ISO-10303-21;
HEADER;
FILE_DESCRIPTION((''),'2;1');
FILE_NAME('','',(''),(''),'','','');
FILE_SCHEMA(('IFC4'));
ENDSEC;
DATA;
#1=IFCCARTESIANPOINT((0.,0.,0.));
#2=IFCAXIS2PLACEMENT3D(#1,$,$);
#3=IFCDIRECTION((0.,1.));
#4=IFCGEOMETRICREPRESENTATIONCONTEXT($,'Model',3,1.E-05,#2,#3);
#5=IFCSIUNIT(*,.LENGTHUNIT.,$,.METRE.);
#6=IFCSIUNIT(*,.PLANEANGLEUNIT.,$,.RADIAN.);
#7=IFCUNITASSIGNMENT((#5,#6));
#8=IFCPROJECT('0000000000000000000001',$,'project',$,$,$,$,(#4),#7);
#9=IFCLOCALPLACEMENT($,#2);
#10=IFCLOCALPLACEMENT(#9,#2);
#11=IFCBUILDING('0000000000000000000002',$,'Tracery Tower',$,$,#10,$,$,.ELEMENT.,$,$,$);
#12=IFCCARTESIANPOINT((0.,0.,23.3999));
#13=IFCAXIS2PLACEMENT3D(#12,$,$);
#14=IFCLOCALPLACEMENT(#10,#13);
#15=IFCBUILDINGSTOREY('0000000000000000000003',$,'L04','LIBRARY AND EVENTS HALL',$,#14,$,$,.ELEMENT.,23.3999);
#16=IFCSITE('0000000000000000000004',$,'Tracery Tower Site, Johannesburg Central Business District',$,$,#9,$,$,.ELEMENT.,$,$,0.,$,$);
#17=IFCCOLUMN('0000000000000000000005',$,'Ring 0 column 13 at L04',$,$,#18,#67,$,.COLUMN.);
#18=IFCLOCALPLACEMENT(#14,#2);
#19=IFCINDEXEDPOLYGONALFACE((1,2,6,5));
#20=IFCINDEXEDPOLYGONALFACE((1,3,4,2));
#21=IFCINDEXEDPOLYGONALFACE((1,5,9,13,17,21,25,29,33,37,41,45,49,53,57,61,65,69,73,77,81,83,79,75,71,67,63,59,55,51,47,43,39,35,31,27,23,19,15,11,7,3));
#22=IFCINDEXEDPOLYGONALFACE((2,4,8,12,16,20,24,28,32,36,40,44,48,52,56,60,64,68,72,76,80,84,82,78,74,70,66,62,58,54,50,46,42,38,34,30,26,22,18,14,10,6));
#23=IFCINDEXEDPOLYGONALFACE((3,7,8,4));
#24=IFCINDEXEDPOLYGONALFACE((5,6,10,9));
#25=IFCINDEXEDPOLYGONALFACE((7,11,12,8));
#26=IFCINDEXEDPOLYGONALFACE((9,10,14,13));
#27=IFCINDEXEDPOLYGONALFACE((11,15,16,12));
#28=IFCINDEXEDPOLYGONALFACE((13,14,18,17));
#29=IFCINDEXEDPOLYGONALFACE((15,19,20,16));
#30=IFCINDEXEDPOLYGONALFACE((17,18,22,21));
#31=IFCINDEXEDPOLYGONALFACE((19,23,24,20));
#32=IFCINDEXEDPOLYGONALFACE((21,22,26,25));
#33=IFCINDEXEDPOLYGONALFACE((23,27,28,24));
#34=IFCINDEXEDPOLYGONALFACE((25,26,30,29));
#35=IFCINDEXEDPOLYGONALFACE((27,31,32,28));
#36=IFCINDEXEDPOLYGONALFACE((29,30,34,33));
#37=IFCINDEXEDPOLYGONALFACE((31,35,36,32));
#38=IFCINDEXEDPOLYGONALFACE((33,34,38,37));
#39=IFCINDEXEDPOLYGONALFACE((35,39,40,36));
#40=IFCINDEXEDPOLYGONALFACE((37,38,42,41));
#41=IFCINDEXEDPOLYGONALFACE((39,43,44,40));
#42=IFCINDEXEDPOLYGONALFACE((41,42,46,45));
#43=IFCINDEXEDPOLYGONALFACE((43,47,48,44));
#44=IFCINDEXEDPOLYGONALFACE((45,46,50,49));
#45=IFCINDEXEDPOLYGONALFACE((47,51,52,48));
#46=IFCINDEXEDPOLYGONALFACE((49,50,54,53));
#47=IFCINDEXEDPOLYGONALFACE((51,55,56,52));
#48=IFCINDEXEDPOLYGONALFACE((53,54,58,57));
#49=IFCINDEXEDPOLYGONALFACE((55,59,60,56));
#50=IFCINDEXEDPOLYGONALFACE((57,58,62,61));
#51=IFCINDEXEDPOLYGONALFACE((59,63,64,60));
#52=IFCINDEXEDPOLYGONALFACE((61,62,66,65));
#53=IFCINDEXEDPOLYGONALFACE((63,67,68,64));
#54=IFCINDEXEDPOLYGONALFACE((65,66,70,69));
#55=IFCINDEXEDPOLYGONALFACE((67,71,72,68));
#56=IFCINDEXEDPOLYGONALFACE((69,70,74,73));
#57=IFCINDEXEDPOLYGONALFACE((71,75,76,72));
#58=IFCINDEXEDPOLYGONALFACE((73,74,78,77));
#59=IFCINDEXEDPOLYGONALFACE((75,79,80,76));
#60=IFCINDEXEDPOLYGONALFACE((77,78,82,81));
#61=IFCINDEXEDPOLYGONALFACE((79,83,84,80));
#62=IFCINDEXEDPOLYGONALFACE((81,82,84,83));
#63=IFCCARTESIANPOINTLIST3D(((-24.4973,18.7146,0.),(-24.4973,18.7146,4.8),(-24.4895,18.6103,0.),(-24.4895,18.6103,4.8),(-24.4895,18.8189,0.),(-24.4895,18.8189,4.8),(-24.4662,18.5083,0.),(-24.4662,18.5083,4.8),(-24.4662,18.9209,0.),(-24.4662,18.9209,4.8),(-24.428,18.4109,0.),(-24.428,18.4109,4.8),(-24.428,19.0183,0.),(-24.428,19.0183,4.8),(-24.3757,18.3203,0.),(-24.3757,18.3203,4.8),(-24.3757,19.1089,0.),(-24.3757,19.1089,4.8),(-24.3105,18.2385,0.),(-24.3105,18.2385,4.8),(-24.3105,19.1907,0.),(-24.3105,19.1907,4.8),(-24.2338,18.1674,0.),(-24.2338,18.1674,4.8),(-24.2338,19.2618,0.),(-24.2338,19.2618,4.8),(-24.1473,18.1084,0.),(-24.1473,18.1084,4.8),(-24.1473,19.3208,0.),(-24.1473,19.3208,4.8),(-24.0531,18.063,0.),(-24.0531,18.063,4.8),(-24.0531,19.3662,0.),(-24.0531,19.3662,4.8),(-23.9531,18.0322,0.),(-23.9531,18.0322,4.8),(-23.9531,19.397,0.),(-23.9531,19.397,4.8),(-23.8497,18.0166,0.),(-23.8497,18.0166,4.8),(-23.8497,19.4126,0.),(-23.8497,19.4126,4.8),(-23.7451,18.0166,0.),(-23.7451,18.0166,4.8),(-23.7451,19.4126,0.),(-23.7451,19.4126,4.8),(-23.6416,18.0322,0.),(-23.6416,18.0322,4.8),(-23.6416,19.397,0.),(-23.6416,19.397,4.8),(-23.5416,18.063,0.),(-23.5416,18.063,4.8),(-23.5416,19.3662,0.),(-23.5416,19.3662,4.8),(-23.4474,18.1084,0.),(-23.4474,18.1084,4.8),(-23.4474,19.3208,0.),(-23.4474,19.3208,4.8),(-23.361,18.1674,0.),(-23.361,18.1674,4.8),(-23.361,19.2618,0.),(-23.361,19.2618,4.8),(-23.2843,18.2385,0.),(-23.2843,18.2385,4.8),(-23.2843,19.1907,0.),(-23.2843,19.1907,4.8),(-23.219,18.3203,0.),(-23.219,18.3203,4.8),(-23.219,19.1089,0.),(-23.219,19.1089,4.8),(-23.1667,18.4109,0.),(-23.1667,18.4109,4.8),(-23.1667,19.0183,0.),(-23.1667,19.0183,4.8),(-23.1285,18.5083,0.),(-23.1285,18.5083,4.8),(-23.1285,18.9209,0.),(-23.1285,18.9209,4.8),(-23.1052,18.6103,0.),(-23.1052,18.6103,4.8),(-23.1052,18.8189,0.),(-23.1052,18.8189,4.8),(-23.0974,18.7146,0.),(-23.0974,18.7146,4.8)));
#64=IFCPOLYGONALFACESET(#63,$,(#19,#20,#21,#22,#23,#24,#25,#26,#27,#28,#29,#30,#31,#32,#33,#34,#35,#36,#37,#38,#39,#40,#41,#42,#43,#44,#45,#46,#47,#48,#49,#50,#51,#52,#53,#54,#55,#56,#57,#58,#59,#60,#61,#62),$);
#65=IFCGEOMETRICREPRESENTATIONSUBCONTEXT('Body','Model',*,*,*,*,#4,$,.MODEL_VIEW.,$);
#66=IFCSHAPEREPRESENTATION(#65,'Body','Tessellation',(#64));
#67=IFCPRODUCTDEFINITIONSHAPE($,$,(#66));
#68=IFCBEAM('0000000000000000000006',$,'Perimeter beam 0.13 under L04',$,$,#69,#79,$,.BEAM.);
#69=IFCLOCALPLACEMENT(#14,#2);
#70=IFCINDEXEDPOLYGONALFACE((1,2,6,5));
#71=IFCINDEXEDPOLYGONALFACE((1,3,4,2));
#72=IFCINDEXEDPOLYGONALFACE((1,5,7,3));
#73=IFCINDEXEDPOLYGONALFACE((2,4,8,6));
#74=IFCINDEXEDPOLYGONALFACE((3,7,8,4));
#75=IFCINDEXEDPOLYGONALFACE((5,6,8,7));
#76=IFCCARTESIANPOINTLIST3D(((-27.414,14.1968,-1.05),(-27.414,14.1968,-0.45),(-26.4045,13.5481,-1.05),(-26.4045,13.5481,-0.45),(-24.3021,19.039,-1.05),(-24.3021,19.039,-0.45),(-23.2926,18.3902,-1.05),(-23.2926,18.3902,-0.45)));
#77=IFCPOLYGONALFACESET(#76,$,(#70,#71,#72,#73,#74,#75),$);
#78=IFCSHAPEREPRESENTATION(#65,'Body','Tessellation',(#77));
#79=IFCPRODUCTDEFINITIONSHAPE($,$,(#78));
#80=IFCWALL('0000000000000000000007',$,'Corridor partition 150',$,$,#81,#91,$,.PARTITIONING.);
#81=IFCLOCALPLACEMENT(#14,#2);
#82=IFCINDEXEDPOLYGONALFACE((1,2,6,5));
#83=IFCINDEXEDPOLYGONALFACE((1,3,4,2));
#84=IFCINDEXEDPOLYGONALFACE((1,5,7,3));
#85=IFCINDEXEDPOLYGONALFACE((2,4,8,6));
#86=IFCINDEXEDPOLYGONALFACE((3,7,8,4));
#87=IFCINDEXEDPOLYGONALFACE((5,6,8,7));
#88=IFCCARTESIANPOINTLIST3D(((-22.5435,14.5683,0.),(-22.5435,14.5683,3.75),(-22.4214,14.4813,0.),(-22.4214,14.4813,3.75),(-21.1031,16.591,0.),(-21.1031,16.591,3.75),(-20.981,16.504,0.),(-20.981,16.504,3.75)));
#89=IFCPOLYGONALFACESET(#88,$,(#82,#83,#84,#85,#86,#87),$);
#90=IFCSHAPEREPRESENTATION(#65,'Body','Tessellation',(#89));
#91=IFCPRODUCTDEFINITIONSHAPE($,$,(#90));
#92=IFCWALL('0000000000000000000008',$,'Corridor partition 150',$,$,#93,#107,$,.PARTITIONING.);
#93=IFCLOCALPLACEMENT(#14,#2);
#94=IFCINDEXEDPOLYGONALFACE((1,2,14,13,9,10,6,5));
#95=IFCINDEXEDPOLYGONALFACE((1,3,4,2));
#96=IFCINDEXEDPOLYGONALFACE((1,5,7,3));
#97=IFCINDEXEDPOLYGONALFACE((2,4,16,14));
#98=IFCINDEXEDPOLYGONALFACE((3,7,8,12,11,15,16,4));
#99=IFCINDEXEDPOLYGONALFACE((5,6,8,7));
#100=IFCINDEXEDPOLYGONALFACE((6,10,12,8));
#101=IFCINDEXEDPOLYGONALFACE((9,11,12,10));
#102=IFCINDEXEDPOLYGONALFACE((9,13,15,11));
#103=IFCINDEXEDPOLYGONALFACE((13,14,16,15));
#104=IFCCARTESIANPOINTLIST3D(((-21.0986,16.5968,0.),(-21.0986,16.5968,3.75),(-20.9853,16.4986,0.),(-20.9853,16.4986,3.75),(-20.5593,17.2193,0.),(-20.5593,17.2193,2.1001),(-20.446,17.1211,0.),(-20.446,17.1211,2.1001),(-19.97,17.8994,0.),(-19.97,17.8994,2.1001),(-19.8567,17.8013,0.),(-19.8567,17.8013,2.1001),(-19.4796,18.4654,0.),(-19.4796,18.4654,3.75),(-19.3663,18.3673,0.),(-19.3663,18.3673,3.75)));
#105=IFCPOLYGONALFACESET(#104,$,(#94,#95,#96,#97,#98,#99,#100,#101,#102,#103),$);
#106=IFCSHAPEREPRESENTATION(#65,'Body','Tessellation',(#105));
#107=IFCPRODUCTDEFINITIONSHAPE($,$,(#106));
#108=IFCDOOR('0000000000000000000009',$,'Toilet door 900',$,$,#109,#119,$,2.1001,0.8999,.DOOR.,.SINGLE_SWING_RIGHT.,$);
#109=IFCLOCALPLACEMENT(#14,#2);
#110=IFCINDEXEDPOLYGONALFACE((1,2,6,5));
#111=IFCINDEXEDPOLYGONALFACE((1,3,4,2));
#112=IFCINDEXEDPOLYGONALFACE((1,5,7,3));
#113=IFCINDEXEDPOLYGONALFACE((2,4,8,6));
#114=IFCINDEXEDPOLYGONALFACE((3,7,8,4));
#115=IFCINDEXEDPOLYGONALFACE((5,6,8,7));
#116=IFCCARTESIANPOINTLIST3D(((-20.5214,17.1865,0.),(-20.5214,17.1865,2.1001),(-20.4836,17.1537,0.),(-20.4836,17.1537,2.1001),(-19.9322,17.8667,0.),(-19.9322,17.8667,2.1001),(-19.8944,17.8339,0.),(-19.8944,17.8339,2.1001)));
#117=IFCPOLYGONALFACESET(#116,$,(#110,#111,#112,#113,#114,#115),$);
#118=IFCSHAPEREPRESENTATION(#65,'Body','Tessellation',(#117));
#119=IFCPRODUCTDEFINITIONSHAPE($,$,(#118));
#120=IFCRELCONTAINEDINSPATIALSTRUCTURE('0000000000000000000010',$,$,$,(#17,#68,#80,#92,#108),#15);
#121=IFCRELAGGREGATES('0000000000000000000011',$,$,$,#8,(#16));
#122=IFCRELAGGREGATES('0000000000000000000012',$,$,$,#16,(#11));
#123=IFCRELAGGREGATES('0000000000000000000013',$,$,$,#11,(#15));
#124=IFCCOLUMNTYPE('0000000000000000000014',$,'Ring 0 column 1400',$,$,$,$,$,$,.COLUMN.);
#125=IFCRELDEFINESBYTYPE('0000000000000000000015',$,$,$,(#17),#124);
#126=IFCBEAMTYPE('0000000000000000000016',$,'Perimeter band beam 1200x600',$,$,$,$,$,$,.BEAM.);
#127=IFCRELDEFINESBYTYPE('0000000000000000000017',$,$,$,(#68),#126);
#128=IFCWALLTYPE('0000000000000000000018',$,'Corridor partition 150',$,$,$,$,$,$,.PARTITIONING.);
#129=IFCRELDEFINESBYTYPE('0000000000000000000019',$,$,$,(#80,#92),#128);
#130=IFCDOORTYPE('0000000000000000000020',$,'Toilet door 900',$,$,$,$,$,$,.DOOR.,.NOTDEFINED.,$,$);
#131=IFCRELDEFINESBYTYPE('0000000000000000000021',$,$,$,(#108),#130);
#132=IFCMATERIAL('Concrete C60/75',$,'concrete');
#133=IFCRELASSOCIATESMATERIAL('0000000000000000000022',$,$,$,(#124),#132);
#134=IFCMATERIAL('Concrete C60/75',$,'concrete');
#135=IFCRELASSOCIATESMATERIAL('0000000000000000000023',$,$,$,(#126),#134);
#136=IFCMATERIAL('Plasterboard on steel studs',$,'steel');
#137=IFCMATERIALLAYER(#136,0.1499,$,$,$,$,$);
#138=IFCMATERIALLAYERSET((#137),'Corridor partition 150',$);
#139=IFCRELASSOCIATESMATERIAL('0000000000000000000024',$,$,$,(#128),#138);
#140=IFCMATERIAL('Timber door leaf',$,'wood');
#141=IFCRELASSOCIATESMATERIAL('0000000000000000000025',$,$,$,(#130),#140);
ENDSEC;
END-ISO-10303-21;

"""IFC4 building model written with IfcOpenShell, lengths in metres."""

from ifc_helpers import new_model, si_unit, direction, frame, frame_2d, origin, origin_2d, place, context, subcontext, project, spatial, rectangle, circle, extrude, material, layer, layer_set, material_profile, profile_set, type_object, element, fill, save


model = new_model("IFC4")

# Units and contexts
model_context = context("Model", 3, precision=1e-05, world=origin(), true_north=direction((0.0, 1.0)))
body_context = subcontext(model_context, "Body", "Model", "MODEL_VIEW")
ifc_project = project(units=[si_unit("LENGTHUNIT", "METRE"), si_unit("PLANEANGLEUNIT", "RADIAN")], contexts=[model_context])

# Site, building, storey
site_placement = place(None, origin())
site = spatial("IfcSite", under=ifc_project, at=site_placement, Name="Tracery Tower Site, Johannesburg Central Business District", CompositionType="ELEMENT", RefElevation=0.0)
building_placement = place(site_placement, origin())
building = spatial("IfcBuilding", under=site, at=building_placement, Name="Tracery Tower", CompositionType="ELEMENT")
storey_placement = place(building_placement, frame((0.0, 0.0, 23.3999)))
storey = spatial("IfcBuildingStorey", under=building, at=storey_placement, Name="L04", Description="LIBRARY AND EVENTS HALL", CompositionType="ELEMENT", Elevation=23.3999)

# Column
ifc_material_1 = material(Name="Concrete C60/75", Category="concrete")
ifc_material_profile_1 = material_profile(ifc_material_1, circle(Radius=0.7, at=origin_2d()), Name="RC D1400")
ifc_profile_set_1 = profile_set([ifc_material_profile_1], Name="Concrete C60/75")
column_type = type_object("IfcColumnType", Name="Ring 0 column 1400", PredefinedType="COLUMN", material=ifc_profile_set_1)
column_placement = place(storey_placement, frame((-23.7974, 18.7146, 0.0), z_axis=(0.0, 0.0, 1.0), x_axis=(1.0, 0.0, 0.0)))
element("IfcColumn", 1, at=column_placement, inside=storey, type_object=column_type, Name="Ring 0 column 13 at L04", PredefinedType="COLUMN", context=body_context, shape_type="SweptSolid", body=[
    extrude(circle(Radius=0.7, at=origin_2d()), origin(), (0.0, 0.0, 1.0), 4.8),
])

# Beam
ifc_material_2 = material(Name="Concrete C60/75", Category="concrete")
ifc_material_profile_2 = material_profile(ifc_material_2, rectangle(XDim=1.2, YDim=0.6001, at=origin_2d()), Name="RC 1200x600")
ifc_profile_set_2 = profile_set([ifc_material_profile_2], Name="Concrete C60/75")
beam_type = type_object("IfcBeamType", Name="Perimeter band beam 1200x600", PredefinedType="BEAM", material=ifc_profile_set_2)
beam_placement = place(storey_placement, frame((-23.7974, 18.7146, -0.75), z_axis=(-0.540644, -0.841252, 0.0), x_axis=(0.841252, -0.540644, 0.0)))
element("IfcBeam", 2, at=beam_placement, inside=storey, type_object=beam_type, Name="Perimeter beam 0.13 under L04", PredefinedType="BEAM", context=body_context, shape_type="SweptSolid", body=[
    extrude(rectangle(XDim=1.2, YDim=0.6001, at=origin_2d()), origin(), (0.0, 0.0, 1.0), 5.7559),
])

# Wall
ifc_material_3 = material(Name="Plasterboard on steel studs", Category="steel")
ifc_layer_1 = layer(ifc_material_3, 0.1499)
ifc_layer_set_1 = layer_set([ifc_layer_1], Name="Corridor partition 150")
wall_type_1 = type_object("IfcWallType", Name="Corridor partition 150", PredefinedType="PARTITIONING", material=ifc_layer_set_1)
wall_1_placement = place(storey_placement, frame((-21.042, 16.5476, 0.0), z_axis=(0.0, 0.0, 1.0), x_axis=(-0.580075, -0.814563, 0.0)))
element("IfcWall", 3, at=wall_1_placement, inside=storey, type_object=wall_type_1, Name="Corridor partition 150", PredefinedType="PARTITIONING", context=body_context, shape_type="SweptSolid", body=[
    extrude(rectangle(XDim=2.4832, YDim=0.1499, at=frame_2d((1.2417, 0.0))), origin(), (0.0, 0.0, 1.0), 3.75),
])

# Wall, opening, door
wall_2_placement = place(storey_placement, frame((-21.042, 16.5476, 0.0), z_axis=(0.0, 0.0, 1.0), x_axis=(0.654791, 0.75581, 0.0)))
wall_2 = element("IfcWall", 4, at=wall_2_placement, inside=storey, type_object=wall_type_1, Name="Corridor partition 150", PredefinedType="PARTITIONING", context=body_context, shape_type="SweptSolid", body=[
    extrude(rectangle(XDim=2.4724, YDim=0.1499, at=frame_2d((1.2363, 0.0))), origin(), (0.0, 0.0, 1.0), 3.75),
])
opening_1_placement = place(wall_2_placement, frame((0.8237, 0.0, 0.0)))
opening_1 = element("IfcOpeningElement", 5, at=opening_1_placement, cuts=wall_2, PredefinedType="OPENING", context=body_context, shape_type="SweptSolid", body=[
    extrude(rectangle(XDim=0.8999, YDim=2.1001, at=frame_2d((0.45, 1.05))), frame((0.0, 0.075, 0.0), z_axis=(0.0, -1.0, 0.0), x_axis=(1.0, 0.0, 0.0)), (0.0, 0.0, 1.0), 0.1499),
])
ifc_material_4 = material(Name="Timber door leaf", Category="wood")
door_type = type_object("IfcDoorType", Name="Toilet door 900", OperationType="NOTDEFINED", PredefinedType="DOOR", material=ifc_material_4)
door_placement = place(opening_1_placement, origin())
door = element("IfcDoor", 6, at=door_placement, inside=storey, type_object=door_type, Name="Toilet door 900", OperationType="SINGLE_SWING_RIGHT", OverallHeight=2.1001, OverallWidth=0.8999, PredefinedType="DOOR", context=body_context, shape_type="SweptSolid", body=[
    extrude(rectangle(XDim=0.8999, YDim=2.1001, at=frame_2d((0.45, 1.05))), frame((0.0, 0.0249, 0.0), z_axis=(0.0, -1.0, 0.0), x_axis=(1.0, 0.0, 0.0)), (0.0, 0.0, 1.0), 0.05),
])
fill(opening_1, door)

save(model, "model.ifc")
